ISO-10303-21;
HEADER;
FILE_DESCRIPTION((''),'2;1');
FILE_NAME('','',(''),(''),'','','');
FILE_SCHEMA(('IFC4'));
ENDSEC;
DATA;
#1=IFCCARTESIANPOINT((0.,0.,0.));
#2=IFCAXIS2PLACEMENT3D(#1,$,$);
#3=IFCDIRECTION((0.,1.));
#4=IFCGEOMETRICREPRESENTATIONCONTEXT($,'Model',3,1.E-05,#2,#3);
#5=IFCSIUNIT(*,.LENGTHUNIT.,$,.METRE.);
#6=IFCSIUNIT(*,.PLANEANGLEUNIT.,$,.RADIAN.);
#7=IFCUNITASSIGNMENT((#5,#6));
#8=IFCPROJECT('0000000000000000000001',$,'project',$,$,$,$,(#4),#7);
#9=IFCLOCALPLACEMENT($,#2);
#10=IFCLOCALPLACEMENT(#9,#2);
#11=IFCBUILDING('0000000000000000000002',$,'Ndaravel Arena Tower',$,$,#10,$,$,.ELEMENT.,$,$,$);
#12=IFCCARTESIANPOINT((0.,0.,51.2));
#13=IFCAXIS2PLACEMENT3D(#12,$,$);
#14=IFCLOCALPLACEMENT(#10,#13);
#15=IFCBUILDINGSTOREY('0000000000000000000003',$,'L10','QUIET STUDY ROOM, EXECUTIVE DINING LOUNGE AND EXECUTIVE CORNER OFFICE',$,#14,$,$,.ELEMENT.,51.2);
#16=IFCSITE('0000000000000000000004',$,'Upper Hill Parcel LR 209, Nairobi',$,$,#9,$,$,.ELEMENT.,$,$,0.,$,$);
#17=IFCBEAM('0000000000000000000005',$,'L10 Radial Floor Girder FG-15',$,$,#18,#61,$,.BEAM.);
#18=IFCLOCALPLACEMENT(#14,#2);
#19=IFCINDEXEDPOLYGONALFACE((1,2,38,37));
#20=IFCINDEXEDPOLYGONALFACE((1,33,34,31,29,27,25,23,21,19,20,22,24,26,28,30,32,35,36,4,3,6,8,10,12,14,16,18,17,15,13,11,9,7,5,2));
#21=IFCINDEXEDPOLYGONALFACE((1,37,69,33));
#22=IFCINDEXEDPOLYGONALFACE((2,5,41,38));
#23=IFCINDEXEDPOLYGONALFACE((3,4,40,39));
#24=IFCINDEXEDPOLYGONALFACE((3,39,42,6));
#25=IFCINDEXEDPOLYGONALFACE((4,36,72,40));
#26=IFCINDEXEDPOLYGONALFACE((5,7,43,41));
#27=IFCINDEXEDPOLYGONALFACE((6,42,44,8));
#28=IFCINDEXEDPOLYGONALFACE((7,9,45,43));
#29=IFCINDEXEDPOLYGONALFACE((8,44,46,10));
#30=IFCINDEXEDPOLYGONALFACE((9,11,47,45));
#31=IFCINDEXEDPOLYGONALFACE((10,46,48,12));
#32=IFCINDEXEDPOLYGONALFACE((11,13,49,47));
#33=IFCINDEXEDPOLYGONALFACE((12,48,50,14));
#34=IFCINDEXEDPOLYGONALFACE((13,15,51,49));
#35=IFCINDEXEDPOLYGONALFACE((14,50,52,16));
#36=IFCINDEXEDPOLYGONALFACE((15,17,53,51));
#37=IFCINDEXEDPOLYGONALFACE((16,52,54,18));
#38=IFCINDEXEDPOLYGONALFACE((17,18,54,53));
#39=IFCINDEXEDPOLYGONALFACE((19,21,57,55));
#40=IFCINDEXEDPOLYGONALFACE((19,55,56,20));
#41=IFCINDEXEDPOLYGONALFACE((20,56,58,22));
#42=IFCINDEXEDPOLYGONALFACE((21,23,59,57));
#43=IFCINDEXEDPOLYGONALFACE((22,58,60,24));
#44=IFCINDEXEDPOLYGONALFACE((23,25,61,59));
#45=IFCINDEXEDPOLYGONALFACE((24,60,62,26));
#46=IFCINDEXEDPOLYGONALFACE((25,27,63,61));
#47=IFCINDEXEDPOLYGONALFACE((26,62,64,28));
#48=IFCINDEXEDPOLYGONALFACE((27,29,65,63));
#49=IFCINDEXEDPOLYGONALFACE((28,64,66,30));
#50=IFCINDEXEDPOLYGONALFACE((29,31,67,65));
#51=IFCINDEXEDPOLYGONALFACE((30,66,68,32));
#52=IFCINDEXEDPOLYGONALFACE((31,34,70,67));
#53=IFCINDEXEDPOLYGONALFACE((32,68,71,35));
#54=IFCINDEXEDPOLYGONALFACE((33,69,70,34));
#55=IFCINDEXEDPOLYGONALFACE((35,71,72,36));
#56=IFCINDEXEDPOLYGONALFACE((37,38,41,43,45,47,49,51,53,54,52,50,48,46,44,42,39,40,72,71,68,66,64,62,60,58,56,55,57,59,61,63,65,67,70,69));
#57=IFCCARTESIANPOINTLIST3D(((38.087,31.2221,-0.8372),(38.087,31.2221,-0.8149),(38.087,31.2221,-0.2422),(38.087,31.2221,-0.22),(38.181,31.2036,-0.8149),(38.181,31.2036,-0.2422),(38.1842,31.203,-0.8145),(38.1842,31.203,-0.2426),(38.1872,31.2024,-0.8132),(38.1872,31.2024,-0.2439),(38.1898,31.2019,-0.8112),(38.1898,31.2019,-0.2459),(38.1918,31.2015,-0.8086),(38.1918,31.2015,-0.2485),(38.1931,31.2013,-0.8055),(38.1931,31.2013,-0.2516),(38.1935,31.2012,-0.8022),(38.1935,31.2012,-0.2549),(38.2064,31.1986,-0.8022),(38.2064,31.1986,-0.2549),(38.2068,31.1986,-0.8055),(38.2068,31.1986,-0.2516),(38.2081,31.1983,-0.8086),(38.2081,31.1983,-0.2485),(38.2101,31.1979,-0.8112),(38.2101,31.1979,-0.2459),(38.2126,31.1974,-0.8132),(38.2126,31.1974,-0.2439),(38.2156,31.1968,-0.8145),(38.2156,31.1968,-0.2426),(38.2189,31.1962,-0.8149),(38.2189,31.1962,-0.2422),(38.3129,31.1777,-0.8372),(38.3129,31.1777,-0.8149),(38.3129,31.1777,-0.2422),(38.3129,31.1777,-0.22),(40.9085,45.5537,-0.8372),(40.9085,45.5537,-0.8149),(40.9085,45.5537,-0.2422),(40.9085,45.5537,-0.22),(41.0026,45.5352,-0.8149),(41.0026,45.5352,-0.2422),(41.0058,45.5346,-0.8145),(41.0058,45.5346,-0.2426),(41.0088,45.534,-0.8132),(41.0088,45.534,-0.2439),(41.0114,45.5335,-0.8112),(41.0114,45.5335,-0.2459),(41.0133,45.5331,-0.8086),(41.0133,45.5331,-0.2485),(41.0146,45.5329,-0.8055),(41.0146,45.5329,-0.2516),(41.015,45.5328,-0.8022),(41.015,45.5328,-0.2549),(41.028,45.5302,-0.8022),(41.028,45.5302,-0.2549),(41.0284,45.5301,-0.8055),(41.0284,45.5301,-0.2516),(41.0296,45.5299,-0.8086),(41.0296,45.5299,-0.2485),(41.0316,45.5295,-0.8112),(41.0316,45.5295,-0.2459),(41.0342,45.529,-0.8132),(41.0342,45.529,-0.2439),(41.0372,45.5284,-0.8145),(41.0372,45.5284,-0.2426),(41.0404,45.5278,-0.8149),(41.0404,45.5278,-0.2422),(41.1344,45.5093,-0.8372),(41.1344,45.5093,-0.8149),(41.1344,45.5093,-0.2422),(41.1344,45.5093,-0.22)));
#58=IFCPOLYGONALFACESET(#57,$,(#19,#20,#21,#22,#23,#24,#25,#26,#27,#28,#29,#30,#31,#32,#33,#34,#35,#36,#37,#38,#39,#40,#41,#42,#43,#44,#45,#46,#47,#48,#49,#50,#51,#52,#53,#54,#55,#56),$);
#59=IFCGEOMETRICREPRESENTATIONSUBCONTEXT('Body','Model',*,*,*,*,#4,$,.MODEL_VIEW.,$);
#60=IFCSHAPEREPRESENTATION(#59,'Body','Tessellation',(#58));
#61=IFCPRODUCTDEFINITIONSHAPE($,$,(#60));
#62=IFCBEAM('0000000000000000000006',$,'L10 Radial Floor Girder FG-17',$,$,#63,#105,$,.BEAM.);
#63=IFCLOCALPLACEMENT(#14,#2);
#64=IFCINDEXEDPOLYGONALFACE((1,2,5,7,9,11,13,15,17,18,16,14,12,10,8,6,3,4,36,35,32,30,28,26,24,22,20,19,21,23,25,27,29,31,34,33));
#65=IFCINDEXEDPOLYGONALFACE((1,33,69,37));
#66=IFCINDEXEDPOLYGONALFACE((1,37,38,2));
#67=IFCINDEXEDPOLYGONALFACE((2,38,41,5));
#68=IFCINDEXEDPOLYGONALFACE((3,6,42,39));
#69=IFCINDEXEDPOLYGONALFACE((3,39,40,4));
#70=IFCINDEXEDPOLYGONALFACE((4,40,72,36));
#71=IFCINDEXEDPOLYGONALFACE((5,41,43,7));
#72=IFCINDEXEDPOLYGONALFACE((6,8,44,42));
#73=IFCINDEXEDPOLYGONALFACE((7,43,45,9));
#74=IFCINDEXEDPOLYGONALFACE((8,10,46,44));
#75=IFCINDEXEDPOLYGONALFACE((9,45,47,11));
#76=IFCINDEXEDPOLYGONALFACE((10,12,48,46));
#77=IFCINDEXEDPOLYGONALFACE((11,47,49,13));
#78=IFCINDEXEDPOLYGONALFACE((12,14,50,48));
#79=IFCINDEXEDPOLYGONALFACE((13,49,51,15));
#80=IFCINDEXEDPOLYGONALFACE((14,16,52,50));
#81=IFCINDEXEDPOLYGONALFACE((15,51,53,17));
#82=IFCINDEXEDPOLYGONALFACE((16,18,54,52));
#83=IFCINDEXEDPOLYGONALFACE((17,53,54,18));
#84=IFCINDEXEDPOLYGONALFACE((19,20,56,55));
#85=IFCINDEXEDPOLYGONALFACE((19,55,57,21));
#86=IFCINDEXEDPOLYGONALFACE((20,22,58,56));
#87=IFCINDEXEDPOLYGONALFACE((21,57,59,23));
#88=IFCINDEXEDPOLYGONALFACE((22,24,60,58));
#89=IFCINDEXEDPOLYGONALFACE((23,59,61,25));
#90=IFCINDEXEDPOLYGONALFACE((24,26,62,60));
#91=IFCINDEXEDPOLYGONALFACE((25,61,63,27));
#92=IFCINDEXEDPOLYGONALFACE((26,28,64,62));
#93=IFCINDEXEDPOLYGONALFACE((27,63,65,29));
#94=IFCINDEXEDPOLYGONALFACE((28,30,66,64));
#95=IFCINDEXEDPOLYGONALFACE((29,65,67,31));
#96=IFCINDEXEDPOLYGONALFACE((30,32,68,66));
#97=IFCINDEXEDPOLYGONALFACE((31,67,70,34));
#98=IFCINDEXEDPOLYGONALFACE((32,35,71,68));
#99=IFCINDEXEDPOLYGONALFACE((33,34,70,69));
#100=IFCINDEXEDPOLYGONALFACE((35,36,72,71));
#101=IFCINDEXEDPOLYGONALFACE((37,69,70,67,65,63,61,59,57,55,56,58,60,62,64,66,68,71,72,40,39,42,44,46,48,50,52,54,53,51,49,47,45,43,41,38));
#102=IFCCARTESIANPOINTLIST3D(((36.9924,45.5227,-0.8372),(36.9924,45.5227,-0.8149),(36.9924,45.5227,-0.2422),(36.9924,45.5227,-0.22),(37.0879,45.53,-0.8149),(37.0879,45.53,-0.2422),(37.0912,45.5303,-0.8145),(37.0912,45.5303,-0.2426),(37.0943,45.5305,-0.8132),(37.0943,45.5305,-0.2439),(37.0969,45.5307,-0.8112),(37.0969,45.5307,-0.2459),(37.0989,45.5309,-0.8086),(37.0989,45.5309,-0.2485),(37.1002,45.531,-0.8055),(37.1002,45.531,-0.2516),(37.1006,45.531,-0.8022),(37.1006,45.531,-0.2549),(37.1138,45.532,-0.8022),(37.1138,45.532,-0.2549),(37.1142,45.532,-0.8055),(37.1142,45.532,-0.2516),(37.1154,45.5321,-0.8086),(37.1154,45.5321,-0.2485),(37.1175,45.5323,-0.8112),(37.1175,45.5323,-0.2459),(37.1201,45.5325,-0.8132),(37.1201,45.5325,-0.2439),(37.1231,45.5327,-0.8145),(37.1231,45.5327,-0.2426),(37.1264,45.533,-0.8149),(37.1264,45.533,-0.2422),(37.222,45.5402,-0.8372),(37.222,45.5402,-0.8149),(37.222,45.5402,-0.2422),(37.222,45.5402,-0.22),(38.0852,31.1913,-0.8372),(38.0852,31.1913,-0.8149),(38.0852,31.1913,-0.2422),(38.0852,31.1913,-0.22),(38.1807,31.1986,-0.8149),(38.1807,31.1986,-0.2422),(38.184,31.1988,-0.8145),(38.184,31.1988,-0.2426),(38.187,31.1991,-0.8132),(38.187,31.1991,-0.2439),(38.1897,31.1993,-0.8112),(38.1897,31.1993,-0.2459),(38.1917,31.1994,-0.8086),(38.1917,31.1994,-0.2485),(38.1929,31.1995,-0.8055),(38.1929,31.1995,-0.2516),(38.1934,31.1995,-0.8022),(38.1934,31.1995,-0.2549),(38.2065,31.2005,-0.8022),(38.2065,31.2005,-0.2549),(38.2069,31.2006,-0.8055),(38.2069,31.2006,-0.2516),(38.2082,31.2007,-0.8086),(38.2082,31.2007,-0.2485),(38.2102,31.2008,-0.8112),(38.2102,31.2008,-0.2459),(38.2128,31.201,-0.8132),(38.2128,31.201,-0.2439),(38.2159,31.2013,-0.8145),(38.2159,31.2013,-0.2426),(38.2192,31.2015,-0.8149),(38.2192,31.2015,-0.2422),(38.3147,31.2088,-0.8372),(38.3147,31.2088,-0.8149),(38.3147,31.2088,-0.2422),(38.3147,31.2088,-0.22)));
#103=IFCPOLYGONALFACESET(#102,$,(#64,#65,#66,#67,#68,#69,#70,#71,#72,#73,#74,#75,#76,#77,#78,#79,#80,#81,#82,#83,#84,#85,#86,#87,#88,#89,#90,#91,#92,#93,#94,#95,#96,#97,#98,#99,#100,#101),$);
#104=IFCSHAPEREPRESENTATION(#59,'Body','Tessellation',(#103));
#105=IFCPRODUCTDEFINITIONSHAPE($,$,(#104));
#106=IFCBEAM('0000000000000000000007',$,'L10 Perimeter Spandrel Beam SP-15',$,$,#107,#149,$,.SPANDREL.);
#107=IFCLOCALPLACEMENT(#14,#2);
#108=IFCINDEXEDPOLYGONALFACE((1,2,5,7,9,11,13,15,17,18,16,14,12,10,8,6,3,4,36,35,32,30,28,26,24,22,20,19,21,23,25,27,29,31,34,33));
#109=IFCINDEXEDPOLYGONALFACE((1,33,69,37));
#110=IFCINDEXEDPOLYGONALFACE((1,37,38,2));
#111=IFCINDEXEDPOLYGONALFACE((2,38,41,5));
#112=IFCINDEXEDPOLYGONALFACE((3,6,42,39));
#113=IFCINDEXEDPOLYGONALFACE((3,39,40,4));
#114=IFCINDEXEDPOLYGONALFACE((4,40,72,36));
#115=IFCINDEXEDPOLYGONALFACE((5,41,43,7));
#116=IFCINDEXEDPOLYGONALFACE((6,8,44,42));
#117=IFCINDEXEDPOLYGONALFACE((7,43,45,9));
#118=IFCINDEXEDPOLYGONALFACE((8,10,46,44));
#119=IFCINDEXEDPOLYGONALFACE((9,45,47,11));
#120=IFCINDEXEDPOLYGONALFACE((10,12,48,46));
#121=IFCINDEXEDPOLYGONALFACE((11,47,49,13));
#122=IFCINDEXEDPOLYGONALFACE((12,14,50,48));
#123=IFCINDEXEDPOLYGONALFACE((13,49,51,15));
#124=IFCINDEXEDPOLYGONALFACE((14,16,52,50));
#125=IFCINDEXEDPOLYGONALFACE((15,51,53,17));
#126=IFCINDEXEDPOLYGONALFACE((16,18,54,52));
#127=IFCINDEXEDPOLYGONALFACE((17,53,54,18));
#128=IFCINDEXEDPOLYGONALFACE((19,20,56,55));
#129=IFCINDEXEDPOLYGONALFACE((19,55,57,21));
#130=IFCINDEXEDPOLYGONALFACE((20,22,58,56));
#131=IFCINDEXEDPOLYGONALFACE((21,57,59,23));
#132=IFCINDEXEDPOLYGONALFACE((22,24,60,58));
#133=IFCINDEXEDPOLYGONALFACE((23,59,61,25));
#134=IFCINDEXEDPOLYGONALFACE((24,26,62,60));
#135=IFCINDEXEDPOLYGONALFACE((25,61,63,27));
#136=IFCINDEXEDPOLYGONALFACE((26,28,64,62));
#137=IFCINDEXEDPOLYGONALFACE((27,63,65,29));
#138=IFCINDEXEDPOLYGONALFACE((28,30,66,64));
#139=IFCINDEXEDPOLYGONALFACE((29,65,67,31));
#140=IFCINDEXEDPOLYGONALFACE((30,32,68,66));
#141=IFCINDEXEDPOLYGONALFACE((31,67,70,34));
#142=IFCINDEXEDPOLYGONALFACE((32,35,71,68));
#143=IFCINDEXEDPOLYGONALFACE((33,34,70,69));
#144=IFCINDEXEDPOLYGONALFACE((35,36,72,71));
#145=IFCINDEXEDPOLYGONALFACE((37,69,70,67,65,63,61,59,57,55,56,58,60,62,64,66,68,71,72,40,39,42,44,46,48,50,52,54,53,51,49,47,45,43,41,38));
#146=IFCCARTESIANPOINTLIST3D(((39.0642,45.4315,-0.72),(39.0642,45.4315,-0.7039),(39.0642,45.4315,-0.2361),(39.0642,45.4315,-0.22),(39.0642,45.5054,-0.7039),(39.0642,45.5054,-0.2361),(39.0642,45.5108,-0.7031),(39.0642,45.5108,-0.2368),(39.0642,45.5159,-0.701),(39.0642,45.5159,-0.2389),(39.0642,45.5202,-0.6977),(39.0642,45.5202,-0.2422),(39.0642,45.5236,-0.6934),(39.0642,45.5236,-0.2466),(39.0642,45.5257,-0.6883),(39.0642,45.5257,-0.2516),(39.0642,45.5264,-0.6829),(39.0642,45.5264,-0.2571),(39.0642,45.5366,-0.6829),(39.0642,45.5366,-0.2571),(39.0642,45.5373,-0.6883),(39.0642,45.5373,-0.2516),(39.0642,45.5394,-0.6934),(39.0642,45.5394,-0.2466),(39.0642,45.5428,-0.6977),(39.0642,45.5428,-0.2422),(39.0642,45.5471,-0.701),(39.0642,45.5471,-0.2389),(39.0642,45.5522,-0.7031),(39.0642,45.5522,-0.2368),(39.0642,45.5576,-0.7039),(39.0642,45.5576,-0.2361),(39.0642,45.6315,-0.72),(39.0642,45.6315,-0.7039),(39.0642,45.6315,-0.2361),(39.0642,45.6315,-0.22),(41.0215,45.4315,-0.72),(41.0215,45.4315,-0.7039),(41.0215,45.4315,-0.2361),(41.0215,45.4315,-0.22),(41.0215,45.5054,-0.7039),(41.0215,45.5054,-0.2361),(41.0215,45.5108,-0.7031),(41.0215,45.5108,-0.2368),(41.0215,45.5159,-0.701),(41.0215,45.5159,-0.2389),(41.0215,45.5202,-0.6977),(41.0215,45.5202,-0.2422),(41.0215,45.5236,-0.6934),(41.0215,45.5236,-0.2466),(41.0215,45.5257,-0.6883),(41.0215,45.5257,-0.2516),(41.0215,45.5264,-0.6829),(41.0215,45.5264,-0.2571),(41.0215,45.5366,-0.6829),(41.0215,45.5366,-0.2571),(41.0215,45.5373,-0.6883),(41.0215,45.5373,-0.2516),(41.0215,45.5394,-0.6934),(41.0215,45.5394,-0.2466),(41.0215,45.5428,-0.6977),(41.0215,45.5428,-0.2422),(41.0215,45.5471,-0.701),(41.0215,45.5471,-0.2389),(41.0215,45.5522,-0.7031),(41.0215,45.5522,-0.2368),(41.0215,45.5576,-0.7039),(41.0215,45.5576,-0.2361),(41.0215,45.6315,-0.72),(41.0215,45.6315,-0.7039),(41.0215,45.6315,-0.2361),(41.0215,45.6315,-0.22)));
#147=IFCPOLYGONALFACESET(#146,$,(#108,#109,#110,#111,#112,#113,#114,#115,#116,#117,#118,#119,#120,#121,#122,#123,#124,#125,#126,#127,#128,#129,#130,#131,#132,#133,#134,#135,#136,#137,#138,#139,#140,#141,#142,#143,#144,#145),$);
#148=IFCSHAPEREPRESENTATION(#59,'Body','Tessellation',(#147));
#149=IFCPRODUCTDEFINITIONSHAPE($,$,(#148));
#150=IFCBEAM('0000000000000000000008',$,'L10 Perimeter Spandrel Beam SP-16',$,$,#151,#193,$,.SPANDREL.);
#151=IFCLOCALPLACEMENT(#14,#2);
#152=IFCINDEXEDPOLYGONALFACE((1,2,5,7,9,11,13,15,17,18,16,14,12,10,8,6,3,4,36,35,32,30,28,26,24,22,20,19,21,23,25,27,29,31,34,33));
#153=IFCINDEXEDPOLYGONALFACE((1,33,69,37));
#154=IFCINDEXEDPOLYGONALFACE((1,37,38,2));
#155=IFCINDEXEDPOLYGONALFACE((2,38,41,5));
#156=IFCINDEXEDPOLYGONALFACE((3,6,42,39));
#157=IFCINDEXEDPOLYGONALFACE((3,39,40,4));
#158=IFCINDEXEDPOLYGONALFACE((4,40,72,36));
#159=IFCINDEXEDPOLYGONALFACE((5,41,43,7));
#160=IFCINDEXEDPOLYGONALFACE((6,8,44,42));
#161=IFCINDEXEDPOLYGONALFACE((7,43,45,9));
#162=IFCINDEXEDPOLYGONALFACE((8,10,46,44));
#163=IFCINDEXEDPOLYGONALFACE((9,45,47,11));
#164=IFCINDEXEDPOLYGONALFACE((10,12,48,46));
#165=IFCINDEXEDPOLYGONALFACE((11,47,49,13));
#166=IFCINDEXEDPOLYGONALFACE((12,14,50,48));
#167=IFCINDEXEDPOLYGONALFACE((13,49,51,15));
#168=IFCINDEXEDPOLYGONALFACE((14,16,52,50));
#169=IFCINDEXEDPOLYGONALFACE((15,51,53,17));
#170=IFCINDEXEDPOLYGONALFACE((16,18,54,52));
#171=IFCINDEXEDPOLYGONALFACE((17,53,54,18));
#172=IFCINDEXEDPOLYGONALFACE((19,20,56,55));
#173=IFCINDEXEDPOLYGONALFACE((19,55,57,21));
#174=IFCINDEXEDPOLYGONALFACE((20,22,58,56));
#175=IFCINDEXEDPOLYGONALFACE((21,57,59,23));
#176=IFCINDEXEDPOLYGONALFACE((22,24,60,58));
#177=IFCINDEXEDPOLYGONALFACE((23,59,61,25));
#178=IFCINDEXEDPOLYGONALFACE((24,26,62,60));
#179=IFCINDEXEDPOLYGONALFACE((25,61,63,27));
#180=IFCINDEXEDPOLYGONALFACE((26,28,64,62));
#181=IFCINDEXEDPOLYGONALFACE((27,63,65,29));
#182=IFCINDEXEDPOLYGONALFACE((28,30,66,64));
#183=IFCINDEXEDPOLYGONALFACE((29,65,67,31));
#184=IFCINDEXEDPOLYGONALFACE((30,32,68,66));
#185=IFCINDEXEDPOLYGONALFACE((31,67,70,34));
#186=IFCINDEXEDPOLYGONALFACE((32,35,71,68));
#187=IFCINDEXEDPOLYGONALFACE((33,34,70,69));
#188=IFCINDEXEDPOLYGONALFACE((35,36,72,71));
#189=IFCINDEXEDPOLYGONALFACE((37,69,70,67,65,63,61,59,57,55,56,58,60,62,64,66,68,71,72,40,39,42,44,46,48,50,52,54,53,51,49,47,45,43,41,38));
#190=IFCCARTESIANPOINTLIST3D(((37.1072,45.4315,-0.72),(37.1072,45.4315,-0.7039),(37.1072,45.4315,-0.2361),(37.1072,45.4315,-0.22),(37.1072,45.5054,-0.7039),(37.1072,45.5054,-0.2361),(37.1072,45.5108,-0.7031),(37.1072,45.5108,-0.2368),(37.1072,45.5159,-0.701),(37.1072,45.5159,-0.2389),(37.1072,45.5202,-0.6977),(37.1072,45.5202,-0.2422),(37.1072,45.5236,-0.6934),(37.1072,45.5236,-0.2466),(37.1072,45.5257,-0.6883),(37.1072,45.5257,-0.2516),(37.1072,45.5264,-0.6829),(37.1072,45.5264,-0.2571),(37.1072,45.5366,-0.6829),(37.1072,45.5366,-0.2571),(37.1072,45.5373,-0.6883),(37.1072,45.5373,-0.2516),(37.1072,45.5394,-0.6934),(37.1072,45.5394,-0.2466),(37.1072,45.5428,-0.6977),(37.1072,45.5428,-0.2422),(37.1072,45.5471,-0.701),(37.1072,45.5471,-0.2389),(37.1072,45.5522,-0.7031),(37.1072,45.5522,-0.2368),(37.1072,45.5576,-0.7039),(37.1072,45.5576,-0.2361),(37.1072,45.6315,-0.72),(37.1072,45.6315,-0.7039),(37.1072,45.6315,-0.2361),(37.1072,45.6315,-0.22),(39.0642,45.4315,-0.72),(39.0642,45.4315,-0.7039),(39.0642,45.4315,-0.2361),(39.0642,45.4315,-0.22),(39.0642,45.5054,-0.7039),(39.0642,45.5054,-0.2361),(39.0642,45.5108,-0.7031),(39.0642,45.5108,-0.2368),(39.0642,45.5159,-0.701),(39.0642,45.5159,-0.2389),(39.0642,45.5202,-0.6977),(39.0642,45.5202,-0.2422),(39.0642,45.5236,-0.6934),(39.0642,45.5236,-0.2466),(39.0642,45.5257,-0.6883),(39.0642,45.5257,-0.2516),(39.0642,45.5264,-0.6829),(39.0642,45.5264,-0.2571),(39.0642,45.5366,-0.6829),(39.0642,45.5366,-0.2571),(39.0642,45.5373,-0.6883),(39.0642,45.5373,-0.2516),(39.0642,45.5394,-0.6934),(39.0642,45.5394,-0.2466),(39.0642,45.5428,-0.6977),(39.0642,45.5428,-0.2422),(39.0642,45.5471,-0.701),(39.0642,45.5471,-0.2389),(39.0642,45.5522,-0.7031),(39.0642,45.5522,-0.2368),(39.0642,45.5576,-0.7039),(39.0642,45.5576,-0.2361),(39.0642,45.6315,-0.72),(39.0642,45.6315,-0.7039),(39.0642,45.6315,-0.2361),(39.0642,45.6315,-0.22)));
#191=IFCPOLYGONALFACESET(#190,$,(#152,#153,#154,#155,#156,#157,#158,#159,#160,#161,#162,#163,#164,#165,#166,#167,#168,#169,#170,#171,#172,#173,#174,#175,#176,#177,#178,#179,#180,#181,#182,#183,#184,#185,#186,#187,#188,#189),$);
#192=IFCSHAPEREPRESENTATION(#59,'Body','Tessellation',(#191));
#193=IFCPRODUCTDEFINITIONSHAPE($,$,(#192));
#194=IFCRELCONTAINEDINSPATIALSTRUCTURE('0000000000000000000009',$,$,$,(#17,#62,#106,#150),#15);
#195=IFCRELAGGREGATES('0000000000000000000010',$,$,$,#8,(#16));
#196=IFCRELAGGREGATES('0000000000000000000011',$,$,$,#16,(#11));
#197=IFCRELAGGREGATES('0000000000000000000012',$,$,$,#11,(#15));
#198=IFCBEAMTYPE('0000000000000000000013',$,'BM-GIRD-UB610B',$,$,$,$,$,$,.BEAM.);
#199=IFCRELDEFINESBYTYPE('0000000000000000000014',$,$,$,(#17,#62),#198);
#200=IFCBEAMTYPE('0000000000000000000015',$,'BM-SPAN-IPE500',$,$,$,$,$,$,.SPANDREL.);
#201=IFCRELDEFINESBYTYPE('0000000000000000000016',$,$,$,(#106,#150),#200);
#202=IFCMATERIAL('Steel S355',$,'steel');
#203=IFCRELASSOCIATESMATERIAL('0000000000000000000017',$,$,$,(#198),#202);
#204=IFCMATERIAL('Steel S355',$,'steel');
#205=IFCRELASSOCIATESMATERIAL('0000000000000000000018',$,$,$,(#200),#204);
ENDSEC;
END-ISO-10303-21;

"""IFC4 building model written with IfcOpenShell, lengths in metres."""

from ifc_helpers import new_model, si_unit, direction, frame, origin, origin_2d, place, context, subcontext, project, spatial, i_section, extrude, material, material_profile, profile_set, type_object, element, save


model = new_model("IFC4")

# Units and contexts
model_context = context("Model", 3, precision=1e-05, world=origin(), true_north=direction((0.0, 1.0)))
body_context = subcontext(model_context, "Body", "Model", "MODEL_VIEW")
ifc_project = project(units=[si_unit("LENGTHUNIT", "METRE"), si_unit("PLANEANGLEUNIT", "RADIAN")], contexts=[model_context])

# Site, building, storey
site_placement = place(None, origin())
site = spatial("IfcSite", under=ifc_project, at=site_placement, Name="Upper Hill Parcel LR 209, Nairobi", CompositionType="ELEMENT", RefElevation=0.0)
building_placement = place(site_placement, origin())
building = spatial("IfcBuilding", under=site, at=building_placement, Name="Ndaravel Arena Tower", CompositionType="ELEMENT")
storey_placement = place(building_placement, frame((0.0, 0.0, 51.2)))
storey = spatial("IfcBuildingStorey", under=building, at=storey_placement, Name="L10", Description="QUIET STUDY ROOM, EXECUTIVE DINING LOUNGE AND EXECUTIVE CORNER OFFICE", CompositionType="ELEMENT", Elevation=51.2)

# Beams
ifc_material_1 = material(Name="Steel S355", Category="steel")
ifc_material_profile_1 = material_profile(ifc_material_1, i_section(OverallWidth=0.2302, OverallDepth=0.6172, WebThickness=0.0132, FlangeThickness=0.0222, FilletRadius=0.0127, at=origin_2d()), Name="UB 610x229x140")
ifc_profile_set_1 = profile_set([ifc_material_profile_1], Name="Steel S355")
beam_type_1 = type_object("IfcBeamType", Name="BM-GIRD-UB610B", PredefinedType="BEAM", material=ifc_profile_set_1)
beam_1_placement = place(storey_placement, frame((41.0215, 45.5315, -0.5286), z_axis=(-0.193168, -0.981166, 0.0), x_axis=(0.981166, -0.193168, 0.0)))
element("IfcBeam", 1, at=beam_1_placement, inside=storey, type_object=beam_type_1, Name="L10 Radial Floor Girder FG-15", PredefinedType="BEAM", context=body_context, shape_type="SweptSolid", body=[
    extrude(i_section(OverallWidth=0.2302, OverallDepth=0.6172, WebThickness=0.0132, FlangeThickness=0.0222, FilletRadius=0.0127, at=origin_2d()), origin(), (0.0, 0.0, 1.0), 14.6067),
])
beam_2_placement = place(storey_placement, frame((37.1072, 45.5315, -0.5286), z_axis=(0.076029, -0.997106, 0.0), x_axis=(0.997106, 0.076029, 0.0)))
element("IfcBeam", 2, at=beam_2_placement, inside=storey, type_object=beam_type_1, Name="L10 Radial Floor Girder FG-17", PredefinedType="BEAM", context=body_context, shape_type="SweptSolid", body=[
    extrude(i_section(OverallWidth=0.2302, OverallDepth=0.6172, WebThickness=0.0132, FlangeThickness=0.0222, FilletRadius=0.0127, at=origin_2d()), origin(), (0.0, 0.0, 1.0), 14.373),
])
ifc_material_2 = material(Name="Steel S355", Category="steel")
ifc_material_profile_2 = material_profile(ifc_material_2, i_section(OverallWidth=0.2, OverallDepth=0.5, WebThickness=0.0103, FlangeThickness=0.0161, FilletRadius=0.021, at=origin_2d()), Name="IPE 500")
ifc_profile_set_2 = profile_set([ifc_material_profile_2], Name="Steel S355")
beam_type_2 = type_object("IfcBeamType", Name="BM-SPAN-IPE500", PredefinedType="SPANDREL", material=ifc_profile_set_2)
beam_3_placement = place(storey_placement, frame((41.0215, 45.5315, -0.47), z_axis=(-1.0, 0.0, 0.0), x_axis=(0.0, -1.0, 0.0)))
element("IfcBeam", 3, at=beam_3_placement, inside=storey, type_object=beam_type_2, Name="L10 Perimeter Spandrel Beam SP-15", PredefinedType="SPANDREL", context=body_context, shape_type="SweptSolid", body=[
    extrude(i_section(OverallWidth=0.2, OverallDepth=0.5, WebThickness=0.0103, FlangeThickness=0.0161, FilletRadius=0.021, at=origin_2d()), origin(), (0.0, 0.0, 1.0), 1.9573),
])
beam_4_placement = place(storey_placement, frame((39.0642, 45.5315, -0.47), z_axis=(-1.0, 0.0, 0.0), x_axis=(0.0, -1.0, 0.0)))
element("IfcBeam", 4, at=beam_4_placement, inside=storey, type_object=beam_type_2, Name="L10 Perimeter Spandrel Beam SP-16", PredefinedType="SPANDREL", context=body_context, shape_type="SweptSolid", body=[
    extrude(i_section(OverallWidth=0.2, OverallDepth=0.5, WebThickness=0.0103, FlangeThickness=0.0161, FilletRadius=0.021, at=origin_2d()), origin(), (0.0, 0.0, 1.0), 1.957),
])

save(model, "model.ifc")
